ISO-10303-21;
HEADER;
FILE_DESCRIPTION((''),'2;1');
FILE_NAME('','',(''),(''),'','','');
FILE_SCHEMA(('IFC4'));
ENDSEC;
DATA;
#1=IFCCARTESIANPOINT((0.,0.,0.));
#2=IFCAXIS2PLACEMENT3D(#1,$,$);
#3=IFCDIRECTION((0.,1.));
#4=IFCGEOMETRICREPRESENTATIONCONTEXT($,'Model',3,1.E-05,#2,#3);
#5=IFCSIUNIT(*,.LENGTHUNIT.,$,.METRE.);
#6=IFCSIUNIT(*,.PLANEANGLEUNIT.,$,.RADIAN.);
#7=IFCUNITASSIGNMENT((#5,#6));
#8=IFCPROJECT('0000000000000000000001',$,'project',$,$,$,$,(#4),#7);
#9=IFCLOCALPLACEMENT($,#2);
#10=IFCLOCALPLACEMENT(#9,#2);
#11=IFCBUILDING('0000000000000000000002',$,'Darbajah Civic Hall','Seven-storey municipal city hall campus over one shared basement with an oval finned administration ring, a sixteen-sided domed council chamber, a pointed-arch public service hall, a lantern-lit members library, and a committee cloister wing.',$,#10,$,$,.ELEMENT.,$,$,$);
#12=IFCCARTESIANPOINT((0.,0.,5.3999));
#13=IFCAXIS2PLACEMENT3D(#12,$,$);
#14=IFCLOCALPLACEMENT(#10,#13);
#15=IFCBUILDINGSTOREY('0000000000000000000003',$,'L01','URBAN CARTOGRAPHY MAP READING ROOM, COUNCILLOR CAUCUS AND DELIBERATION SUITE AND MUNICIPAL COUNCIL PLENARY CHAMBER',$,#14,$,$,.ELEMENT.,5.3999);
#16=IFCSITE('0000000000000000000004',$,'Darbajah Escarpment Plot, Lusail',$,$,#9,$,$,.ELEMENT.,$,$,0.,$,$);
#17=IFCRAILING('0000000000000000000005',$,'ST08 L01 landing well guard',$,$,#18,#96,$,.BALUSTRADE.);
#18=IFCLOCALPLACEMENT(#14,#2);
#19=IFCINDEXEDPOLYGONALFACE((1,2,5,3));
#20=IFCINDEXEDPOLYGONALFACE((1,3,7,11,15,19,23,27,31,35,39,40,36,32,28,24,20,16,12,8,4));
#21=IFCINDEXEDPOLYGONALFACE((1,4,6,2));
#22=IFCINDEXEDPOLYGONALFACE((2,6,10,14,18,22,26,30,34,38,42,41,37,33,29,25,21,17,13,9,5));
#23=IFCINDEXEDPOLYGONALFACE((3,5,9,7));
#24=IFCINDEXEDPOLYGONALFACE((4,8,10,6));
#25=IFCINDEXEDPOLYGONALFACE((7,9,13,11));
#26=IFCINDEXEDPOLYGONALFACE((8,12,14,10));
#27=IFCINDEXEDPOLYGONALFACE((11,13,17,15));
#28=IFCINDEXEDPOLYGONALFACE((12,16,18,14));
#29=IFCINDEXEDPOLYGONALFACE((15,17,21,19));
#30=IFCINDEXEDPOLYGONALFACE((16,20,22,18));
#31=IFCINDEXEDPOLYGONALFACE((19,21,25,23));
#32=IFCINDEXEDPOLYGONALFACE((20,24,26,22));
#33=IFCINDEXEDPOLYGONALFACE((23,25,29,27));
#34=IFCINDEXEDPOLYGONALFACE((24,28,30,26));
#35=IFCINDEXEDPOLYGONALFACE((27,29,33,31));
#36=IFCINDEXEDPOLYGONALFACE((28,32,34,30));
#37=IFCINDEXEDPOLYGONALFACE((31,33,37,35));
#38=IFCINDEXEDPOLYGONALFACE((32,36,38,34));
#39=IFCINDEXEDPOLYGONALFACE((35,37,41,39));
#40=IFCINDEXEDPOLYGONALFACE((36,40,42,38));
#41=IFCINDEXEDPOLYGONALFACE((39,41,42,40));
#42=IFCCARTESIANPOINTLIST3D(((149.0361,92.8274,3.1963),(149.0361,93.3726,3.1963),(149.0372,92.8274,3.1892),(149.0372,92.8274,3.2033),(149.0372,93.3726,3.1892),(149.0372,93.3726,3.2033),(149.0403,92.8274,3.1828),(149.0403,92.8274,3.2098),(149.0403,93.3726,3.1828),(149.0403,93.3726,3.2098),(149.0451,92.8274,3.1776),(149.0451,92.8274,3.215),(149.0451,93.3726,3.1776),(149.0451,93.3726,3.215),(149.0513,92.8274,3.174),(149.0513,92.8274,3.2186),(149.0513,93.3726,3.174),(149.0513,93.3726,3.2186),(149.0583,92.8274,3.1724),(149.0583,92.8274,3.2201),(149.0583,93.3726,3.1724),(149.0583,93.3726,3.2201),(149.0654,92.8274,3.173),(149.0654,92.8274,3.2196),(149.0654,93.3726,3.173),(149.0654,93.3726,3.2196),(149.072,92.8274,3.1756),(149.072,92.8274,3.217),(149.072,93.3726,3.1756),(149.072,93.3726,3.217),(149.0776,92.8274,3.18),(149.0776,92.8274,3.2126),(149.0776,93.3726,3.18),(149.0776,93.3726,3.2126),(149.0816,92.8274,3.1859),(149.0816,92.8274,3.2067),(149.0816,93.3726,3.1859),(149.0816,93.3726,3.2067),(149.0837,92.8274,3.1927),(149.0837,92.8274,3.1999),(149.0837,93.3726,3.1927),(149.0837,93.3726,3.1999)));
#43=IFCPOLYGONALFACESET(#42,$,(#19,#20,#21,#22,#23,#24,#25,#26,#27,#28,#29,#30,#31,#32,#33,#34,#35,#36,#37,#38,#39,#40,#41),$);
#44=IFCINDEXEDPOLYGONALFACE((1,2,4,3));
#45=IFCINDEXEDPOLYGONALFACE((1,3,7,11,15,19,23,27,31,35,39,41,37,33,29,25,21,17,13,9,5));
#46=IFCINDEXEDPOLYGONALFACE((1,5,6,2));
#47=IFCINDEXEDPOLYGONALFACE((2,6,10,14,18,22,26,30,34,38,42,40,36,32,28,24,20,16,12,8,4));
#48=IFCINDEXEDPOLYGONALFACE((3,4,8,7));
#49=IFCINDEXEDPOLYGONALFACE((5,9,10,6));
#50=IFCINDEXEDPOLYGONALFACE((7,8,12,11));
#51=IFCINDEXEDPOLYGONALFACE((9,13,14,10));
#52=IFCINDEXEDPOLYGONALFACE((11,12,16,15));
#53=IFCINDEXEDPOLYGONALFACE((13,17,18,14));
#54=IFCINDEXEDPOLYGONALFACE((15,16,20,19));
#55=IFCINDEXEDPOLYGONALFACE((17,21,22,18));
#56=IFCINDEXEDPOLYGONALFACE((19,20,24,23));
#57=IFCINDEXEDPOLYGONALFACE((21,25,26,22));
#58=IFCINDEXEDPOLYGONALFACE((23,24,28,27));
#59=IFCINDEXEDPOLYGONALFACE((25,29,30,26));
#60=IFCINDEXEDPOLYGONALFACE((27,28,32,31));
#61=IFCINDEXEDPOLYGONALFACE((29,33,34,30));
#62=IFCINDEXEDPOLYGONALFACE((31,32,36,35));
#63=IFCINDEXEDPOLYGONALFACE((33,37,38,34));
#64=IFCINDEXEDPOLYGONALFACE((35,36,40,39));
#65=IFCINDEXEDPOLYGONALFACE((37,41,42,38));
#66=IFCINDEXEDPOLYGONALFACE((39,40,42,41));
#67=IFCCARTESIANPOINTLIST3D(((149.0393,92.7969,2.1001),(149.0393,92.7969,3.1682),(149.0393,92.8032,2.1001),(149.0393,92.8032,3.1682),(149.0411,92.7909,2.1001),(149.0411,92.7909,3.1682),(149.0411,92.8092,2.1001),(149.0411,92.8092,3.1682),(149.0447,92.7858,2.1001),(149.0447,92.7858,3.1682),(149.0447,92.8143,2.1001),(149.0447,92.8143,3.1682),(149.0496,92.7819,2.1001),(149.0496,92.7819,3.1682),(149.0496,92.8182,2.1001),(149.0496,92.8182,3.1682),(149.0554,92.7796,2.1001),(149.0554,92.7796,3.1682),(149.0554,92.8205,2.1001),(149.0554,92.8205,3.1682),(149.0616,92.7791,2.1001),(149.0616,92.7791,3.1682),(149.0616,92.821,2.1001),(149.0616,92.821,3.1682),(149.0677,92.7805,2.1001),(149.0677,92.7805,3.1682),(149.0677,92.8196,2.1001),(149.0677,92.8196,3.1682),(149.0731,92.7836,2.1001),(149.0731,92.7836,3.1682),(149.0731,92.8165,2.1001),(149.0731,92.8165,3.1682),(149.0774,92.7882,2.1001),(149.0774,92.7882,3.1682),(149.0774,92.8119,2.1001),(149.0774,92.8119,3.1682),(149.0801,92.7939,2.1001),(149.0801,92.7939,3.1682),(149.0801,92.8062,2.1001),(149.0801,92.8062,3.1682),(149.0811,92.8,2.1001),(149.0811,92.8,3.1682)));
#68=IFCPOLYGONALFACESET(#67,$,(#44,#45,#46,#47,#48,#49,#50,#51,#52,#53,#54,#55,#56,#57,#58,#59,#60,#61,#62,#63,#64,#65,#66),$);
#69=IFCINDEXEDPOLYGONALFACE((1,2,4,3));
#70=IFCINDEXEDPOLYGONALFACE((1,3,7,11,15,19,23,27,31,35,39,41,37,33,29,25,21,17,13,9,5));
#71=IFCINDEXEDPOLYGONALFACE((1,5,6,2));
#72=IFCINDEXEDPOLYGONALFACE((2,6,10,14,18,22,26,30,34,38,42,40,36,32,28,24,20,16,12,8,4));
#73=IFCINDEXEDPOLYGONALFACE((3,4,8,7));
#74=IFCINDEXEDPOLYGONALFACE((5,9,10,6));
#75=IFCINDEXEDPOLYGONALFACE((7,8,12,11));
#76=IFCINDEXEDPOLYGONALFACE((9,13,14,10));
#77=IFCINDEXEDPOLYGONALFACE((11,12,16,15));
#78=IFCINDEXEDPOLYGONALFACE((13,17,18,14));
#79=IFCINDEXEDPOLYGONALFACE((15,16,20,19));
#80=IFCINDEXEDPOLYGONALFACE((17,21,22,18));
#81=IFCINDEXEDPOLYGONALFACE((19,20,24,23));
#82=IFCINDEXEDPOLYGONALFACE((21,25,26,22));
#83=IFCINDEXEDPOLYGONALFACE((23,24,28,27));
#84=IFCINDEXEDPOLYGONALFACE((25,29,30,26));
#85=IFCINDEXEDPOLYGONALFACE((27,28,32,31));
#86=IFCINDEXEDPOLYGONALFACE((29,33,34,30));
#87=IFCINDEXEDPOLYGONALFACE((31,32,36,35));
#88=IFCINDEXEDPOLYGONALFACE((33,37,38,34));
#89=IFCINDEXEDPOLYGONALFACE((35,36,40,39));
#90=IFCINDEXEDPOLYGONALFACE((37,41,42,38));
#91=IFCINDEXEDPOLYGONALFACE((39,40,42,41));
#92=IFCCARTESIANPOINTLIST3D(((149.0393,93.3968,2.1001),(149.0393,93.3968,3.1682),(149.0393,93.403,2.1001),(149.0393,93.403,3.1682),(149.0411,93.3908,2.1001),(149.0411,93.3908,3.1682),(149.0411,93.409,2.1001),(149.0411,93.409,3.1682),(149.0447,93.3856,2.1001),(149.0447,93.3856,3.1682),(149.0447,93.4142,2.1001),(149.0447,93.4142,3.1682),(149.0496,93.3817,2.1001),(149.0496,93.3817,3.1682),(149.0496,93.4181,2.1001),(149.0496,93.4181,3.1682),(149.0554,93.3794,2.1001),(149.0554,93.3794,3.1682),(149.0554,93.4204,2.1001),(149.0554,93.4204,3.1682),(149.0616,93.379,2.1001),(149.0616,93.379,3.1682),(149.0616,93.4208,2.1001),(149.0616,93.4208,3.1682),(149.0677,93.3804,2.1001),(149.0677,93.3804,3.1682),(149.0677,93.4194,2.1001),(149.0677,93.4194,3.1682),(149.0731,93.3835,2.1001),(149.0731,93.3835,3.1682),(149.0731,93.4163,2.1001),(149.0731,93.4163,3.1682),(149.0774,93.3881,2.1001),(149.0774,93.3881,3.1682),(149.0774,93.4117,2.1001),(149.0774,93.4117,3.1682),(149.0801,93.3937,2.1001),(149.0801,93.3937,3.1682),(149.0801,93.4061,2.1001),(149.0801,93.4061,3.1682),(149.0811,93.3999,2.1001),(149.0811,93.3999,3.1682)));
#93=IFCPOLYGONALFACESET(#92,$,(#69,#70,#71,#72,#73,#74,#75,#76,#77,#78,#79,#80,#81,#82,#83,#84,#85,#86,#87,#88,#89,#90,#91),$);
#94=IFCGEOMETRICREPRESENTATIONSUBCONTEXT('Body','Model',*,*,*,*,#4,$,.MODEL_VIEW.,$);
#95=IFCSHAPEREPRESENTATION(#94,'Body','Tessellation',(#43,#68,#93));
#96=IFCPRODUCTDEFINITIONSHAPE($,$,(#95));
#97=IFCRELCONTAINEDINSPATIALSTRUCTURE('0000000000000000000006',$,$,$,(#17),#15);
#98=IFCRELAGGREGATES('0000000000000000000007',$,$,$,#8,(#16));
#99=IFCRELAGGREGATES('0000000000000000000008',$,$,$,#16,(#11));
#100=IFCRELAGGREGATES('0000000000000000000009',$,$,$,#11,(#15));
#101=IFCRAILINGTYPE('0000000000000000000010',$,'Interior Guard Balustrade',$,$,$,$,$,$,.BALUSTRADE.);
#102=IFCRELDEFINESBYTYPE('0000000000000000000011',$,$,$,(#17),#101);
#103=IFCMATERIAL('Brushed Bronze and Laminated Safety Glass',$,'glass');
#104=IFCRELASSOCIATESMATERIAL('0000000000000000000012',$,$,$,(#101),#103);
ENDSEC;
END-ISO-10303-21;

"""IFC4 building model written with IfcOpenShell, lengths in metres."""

from ifc_helpers import new_model, si_unit, direction, frame, origin, origin_2d, place, context, subcontext, project, spatial, circle, extrude, material, type_object, element, save


model = new_model("IFC4")

# Units and contexts
model_context = context("Model", 3, precision=1e-05, world=origin(), true_north=direction((0.0, 1.0)))
body_context = subcontext(model_context, "Body", "Model", "MODEL_VIEW")
ifc_project = project(units=[si_unit("LENGTHUNIT", "METRE"), si_unit("PLANEANGLEUNIT", "RADIAN")], contexts=[model_context])

# Site, building, storey
site_placement = place(None, origin())
site = spatial("IfcSite", under=ifc_project, at=site_placement, Name="Darbajah Escarpment Plot, Lusail", CompositionType="ELEMENT", RefElevation=0.0)
building_placement = place(site_placement, origin())
building = spatial("IfcBuilding", under=site, at=building_placement, Name="Darbajah Civic Hall", Description="Seven-storey municipal city hall campus over one shared basement with an oval finned administration ring, a sixteen-sided domed council chamber, a pointed-arch public service hall, a lantern-lit members library, and a committee cloister wing.", CompositionType="ELEMENT")
storey_placement = place(building_placement, frame((0.0, 0.0, 5.3999)))
storey = spatial("IfcBuildingStorey", under=building, at=storey_placement, Name="L01", Description="URBAN CARTOGRAPHY MAP READING ROOM, COUNCILLOR CAUCUS AND DELIBERATION SUITE AND MUNICIPAL COUNCIL PLENARY CHAMBER", CompositionType="ELEMENT", Elevation=5.3999)

# Railing
ifc_material_1 = material(Name="Brushed Bronze and Laminated Safety Glass", Category="glass")
railing_type_1 = type_object("IfcRailingType", Name="Interior Guard Balustrade", PredefinedType="BALUSTRADE", material=ifc_material_1)
railing_1_placement = place(storey_placement, frame((149.0601, 92.8, 2.1001)))
element("IfcRailing", 1, at=railing_1_placement, inside=storey, type_object=railing_type_1, Name="ST08 L01 landing well guard", PredefinedType="BALUSTRADE", context=body_context, shape_type="SweptSolid", body=[
    extrude(circle(Radius=0.0239, at=origin_2d()), frame((0.0, 0.0273, 1.0962), z_axis=(0.0, 1.0, 0.0), x_axis=(-1.0, 0.0, 0.0)), (0.0, 0.0, 1.0), 0.5452),
    extrude(circle(Radius=0.021, at=origin_2d()), origin(), (0.0, 0.0, 1.0), 1.0681),
    extrude(circle(Radius=0.021, at=origin_2d()), frame((0.0, 0.5999, 0.0)), (0.0, 0.0, 1.0), 1.0681),
])

save(model, "model.ifc")
